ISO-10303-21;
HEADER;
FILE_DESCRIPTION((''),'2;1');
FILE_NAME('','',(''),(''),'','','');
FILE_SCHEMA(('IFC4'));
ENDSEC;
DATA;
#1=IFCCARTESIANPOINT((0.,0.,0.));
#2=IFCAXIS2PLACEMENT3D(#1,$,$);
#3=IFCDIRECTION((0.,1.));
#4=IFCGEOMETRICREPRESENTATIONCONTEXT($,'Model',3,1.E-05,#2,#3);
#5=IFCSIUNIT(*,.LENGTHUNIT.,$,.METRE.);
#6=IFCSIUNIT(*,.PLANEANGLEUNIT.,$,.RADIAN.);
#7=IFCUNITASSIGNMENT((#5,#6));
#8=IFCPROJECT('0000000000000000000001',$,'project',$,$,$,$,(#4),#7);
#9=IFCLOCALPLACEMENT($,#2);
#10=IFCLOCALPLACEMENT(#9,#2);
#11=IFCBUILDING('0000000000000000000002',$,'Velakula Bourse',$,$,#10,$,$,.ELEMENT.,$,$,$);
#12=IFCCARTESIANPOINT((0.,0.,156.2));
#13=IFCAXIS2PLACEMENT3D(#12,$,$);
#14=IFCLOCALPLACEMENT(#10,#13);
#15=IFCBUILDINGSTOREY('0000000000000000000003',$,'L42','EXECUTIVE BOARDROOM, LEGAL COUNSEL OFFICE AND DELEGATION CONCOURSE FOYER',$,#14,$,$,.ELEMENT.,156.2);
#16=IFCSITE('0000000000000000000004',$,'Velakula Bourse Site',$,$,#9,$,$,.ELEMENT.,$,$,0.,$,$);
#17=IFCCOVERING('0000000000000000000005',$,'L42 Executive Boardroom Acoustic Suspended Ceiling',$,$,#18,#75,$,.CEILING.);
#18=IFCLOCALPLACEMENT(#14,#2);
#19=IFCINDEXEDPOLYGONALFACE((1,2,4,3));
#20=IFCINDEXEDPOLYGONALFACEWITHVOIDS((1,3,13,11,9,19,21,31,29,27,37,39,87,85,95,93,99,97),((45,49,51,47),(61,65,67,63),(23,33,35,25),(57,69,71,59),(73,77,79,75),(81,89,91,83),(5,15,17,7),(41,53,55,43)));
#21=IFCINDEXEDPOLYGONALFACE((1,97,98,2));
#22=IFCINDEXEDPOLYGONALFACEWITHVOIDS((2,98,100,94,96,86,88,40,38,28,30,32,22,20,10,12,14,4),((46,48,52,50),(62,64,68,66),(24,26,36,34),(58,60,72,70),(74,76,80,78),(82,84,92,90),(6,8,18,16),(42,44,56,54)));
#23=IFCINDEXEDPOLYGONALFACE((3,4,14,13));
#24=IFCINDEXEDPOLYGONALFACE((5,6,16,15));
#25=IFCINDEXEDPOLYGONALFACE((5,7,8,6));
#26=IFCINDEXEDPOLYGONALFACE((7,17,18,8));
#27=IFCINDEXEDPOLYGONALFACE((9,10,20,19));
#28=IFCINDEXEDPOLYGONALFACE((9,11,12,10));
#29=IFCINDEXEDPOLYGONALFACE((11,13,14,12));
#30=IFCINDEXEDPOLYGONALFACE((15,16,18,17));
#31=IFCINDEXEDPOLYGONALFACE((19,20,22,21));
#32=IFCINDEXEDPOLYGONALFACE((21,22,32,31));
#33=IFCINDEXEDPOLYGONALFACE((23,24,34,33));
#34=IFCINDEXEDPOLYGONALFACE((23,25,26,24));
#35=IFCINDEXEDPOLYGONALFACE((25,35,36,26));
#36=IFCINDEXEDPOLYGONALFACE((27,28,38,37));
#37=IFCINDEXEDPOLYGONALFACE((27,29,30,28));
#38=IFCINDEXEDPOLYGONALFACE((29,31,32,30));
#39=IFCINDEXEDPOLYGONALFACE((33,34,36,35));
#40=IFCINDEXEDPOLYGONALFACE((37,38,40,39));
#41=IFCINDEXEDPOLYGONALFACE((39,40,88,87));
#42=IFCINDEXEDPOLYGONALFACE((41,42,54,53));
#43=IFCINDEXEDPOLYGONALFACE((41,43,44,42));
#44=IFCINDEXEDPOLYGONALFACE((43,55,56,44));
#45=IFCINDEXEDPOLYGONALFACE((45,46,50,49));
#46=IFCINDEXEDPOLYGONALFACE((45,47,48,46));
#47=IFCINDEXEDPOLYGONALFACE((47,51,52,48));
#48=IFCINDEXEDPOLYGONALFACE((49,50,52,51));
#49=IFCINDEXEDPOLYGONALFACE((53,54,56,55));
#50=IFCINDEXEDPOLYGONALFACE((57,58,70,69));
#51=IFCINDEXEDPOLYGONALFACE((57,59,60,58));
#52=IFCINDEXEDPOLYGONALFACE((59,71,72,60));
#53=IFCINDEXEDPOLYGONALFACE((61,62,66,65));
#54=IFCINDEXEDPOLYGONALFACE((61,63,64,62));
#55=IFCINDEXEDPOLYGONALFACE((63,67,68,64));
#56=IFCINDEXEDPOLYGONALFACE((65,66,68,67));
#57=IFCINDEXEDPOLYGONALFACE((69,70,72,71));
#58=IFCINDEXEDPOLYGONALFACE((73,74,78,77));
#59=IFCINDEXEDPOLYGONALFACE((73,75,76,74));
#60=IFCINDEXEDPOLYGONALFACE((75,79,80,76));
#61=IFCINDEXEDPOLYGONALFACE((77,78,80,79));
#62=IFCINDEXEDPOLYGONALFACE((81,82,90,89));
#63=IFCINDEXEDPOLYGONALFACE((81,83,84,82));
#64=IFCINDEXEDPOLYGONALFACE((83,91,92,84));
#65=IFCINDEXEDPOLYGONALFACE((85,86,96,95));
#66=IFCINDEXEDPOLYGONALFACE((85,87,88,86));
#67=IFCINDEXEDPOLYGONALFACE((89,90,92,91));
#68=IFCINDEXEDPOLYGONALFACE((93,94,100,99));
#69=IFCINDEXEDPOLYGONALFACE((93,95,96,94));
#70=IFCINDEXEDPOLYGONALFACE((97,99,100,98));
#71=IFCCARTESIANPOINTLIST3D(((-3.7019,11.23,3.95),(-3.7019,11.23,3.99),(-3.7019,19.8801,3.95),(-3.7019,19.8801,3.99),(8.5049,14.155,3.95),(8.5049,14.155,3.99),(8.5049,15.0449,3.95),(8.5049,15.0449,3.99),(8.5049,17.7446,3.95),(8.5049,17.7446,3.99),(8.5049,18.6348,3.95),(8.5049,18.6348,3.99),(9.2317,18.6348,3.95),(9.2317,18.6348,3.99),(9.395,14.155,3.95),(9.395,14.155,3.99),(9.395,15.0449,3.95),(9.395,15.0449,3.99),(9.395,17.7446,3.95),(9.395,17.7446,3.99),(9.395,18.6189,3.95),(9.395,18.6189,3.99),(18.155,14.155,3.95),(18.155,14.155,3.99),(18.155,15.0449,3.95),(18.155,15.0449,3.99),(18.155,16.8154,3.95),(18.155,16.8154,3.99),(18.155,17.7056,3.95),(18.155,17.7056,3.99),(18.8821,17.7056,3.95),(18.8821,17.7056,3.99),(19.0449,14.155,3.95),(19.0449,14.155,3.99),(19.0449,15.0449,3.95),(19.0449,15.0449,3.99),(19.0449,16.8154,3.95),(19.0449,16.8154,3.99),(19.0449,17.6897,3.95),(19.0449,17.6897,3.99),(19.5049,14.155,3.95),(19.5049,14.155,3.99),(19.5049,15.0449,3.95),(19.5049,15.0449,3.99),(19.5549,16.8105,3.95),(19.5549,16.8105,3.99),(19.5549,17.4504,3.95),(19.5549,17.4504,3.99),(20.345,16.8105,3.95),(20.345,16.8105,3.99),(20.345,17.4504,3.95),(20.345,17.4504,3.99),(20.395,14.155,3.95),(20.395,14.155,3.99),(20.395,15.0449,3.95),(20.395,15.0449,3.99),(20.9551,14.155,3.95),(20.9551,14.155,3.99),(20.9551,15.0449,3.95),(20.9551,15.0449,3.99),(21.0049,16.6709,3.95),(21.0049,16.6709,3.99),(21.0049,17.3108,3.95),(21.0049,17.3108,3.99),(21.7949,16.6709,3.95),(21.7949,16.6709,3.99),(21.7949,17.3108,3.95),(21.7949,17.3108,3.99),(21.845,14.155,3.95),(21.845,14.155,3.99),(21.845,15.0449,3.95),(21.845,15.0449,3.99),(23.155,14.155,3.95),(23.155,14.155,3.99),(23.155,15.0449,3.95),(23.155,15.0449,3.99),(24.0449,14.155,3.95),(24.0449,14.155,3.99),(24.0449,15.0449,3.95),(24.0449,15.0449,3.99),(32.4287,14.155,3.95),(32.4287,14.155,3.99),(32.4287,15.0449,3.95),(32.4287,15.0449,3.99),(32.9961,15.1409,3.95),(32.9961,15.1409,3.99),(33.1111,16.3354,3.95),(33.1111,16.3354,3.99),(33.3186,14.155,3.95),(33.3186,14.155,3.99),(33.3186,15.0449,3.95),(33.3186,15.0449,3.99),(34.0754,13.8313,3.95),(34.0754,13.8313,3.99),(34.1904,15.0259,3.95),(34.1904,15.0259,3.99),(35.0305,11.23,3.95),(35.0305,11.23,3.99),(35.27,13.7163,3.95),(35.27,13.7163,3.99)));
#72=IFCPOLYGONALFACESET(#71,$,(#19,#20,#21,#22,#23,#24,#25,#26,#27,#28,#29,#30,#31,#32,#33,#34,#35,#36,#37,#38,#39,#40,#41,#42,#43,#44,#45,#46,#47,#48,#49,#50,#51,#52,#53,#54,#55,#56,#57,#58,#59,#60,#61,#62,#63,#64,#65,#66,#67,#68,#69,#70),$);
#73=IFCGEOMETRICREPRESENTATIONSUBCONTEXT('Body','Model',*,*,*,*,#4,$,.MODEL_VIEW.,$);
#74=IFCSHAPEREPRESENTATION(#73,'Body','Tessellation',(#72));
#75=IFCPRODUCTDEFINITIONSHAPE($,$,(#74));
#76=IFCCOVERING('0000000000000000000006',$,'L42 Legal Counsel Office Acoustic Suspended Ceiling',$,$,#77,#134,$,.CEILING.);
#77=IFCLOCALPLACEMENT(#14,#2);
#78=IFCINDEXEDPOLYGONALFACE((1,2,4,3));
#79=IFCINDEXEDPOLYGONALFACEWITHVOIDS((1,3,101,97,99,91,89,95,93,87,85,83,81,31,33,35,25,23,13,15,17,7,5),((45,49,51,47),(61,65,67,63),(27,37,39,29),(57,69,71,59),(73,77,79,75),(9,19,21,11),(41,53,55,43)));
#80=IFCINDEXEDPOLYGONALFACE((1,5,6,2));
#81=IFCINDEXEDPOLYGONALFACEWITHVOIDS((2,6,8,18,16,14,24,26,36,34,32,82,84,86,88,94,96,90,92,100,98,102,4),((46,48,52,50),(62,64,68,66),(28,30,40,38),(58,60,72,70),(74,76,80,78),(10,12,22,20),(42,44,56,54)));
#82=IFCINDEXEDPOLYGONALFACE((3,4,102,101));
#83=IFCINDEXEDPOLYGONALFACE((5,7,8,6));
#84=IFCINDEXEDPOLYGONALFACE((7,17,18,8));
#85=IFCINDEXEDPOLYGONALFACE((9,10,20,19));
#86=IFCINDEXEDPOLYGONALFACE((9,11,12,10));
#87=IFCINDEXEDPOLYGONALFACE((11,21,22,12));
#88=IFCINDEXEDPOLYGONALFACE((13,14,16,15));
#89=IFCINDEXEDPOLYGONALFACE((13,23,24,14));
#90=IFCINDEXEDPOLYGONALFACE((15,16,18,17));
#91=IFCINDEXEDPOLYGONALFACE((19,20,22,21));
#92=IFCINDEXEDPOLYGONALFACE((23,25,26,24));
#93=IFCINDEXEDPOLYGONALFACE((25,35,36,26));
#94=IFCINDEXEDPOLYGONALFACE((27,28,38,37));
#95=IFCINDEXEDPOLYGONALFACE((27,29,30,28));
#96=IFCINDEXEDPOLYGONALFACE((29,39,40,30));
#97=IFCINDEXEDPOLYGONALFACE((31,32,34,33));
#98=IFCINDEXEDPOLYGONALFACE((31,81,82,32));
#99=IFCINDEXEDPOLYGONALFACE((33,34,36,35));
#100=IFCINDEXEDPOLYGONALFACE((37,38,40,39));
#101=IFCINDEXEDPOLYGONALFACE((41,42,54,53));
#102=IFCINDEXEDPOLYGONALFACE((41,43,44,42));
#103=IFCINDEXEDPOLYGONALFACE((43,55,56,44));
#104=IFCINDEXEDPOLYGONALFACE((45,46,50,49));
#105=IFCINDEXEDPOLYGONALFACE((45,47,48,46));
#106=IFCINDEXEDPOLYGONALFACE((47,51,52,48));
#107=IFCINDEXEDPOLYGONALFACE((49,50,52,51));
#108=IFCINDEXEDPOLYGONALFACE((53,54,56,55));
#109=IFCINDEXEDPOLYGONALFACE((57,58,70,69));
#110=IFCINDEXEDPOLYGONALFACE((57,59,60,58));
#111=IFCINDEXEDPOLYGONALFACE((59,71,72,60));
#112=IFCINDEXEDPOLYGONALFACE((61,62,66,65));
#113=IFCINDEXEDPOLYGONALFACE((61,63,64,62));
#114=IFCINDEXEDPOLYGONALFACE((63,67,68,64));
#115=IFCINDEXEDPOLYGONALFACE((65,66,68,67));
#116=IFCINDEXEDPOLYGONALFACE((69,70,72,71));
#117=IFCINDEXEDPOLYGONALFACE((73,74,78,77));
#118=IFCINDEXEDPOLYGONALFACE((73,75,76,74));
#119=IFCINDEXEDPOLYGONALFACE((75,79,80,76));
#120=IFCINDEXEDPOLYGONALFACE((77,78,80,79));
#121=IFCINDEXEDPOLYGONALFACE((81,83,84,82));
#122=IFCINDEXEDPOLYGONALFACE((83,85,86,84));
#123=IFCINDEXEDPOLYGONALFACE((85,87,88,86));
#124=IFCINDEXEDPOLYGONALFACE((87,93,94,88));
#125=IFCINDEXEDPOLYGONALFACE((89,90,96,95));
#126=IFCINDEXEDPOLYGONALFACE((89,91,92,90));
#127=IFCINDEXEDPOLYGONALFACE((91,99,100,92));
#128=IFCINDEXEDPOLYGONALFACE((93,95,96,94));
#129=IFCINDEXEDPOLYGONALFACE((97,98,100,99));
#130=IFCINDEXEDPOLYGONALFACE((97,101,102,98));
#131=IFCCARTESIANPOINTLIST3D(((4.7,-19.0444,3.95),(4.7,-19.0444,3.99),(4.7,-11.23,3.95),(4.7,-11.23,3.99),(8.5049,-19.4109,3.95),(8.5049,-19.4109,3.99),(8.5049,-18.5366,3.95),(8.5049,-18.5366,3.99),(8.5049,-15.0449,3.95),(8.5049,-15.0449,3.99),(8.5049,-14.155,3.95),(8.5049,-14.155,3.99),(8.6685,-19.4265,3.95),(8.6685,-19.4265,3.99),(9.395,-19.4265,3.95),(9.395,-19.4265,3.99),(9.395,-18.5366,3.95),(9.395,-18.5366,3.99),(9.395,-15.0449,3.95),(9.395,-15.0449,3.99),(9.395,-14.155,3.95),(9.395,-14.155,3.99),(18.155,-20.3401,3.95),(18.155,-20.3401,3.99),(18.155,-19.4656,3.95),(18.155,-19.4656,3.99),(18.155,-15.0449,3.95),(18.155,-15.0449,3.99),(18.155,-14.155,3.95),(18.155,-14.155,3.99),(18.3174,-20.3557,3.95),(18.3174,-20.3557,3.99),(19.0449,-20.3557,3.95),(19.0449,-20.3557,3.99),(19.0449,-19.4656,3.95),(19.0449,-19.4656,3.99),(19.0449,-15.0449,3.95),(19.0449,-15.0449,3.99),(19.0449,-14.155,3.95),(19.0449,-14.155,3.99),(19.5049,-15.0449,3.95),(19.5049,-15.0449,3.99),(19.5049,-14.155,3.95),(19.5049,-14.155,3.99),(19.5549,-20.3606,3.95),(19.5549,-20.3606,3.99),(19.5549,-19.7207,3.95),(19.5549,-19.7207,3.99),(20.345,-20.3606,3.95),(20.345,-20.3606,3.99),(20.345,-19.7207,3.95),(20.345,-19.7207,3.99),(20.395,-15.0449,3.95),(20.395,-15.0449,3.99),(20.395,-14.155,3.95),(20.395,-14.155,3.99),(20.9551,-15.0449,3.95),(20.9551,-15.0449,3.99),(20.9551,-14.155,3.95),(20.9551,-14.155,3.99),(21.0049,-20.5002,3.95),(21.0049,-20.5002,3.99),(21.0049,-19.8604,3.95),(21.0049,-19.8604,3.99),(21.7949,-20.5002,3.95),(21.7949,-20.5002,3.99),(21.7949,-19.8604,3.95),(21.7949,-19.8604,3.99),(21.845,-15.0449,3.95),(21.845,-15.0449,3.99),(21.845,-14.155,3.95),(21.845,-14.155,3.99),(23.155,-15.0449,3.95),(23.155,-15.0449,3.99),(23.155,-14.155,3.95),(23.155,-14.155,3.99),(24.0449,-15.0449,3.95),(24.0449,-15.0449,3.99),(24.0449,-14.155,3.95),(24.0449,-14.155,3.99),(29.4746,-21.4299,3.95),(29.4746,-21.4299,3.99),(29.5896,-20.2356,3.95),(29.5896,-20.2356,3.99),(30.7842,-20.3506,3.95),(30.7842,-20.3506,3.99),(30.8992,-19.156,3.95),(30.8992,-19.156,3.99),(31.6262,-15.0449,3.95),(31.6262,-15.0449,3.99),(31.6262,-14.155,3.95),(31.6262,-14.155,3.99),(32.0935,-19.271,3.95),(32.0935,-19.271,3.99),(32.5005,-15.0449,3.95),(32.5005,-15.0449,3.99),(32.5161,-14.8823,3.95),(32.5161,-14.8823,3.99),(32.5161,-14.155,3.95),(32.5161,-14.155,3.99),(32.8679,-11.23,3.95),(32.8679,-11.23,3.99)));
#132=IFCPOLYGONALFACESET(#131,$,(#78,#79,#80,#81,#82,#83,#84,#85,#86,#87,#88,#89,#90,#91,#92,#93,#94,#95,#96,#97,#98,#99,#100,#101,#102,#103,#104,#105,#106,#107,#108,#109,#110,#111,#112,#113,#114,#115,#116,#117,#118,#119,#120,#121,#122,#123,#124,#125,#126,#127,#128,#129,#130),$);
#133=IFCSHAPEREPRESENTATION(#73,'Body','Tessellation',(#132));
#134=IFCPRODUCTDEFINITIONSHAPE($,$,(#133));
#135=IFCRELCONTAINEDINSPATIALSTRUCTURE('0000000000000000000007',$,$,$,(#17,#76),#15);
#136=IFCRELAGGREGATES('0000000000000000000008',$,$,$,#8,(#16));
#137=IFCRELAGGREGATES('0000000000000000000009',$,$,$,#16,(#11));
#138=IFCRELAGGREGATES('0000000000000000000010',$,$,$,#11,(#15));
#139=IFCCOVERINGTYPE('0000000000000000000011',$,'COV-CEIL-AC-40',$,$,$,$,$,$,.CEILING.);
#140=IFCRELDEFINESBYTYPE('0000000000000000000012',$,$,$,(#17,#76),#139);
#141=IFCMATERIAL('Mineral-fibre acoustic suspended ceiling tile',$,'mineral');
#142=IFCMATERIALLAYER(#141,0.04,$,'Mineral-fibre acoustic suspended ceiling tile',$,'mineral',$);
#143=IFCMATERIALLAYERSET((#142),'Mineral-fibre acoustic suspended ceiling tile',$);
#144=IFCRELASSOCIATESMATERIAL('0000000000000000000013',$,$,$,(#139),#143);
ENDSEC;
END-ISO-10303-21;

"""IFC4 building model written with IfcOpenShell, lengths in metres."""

from ifc_helpers import new_model, si_unit, direction, frame, origin, place, context, subcontext, project, spatial, polyline, outline, extrude, material, layer, layer_set, type_object, element, save


model = new_model("IFC4")

# Units and contexts
model_context = context("Model", 3, precision=1e-05, world=origin(), true_north=direction((0.0, 1.0)))
body_context = subcontext(model_context, "Body", "Model", "MODEL_VIEW")
ifc_project = project(units=[si_unit("LENGTHUNIT", "METRE"), si_unit("PLANEANGLEUNIT", "RADIAN")], contexts=[model_context])

# Site, building, storey
site_placement = place(None, origin())
site = spatial("IfcSite", under=ifc_project, at=site_placement, Name="Velakula Bourse Site", CompositionType="ELEMENT", RefElevation=0.0)
building_placement = place(site_placement, origin())
building = spatial("IfcBuilding", under=site, at=building_placement, Name="Velakula Bourse", CompositionType="ELEMENT")
storey_placement = place(building_placement, frame((0.0, 0.0, 156.2)))
storey = spatial("IfcBuildingStorey", under=building, at=storey_placement, Name="L42", Description="EXECUTIVE BOARDROOM, LEGAL COUNSEL OFFICE AND DELEGATION CONCOURSE FOYER", CompositionType="ELEMENT", Elevation=156.2)

# Coverings
ifc_material_1 = material(Name="Mineral-fibre acoustic suspended ceiling tile", Category="mineral")
ifc_layer_1 = layer(ifc_material_1, 0.04, Name="Mineral-fibre acoustic suspended ceiling tile", Category="mineral")
ifc_layer_set_1 = layer_set([ifc_layer_1], Name="Mineral-fibre acoustic suspended ceiling tile")
covering_type_1 = type_object("IfcCoveringType", Name="COV-CEIL-AC-40", PredefinedType="CEILING", material=ifc_layer_set_1)
covering_1_placement = place(storey_placement, frame((0.0, 0.0, 3.95)))
element("IfcCovering", 1, at=covering_1_placement, inside=storey, type_object=covering_type_1, Name="L42 Executive Boardroom Acoustic Suspended Ceiling", PredefinedType="CEILING", context=body_context, shape_type="SweptSolid", body=[
    extrude(outline(polyline([(32.9961, 15.1409), (34.1904, 15.0259), (34.0754, 13.8313), (35.27, 13.7163), (35.0305, 11.23), (-3.7019, 11.23), (-3.7019, 19.8801), (9.2317, 18.6348), (8.5049, 18.6348), (8.5049, 17.7446), (9.395, 17.7446), (9.395, 18.6189), (18.8821, 17.7056), (18.155, 17.7056), (18.155, 16.8154), (19.0449, 16.8154), (19.0449, 17.6897), (33.1111, 16.3354), (32.9961, 15.1409)]), holes=[polyline([(8.5049, 15.0449), (8.5049, 14.155), (9.395, 14.155), (9.395, 15.0449), (8.5049, 15.0449)]), polyline([(18.155, 14.155), (19.0449, 14.155), (19.0449, 15.0449), (18.155, 15.0449), (18.155, 14.155)]), polyline([(20.9551, 14.155), (21.845, 14.155), (21.845, 15.0449), (20.9551, 15.0449), (20.9551, 14.155)]), polyline([(23.155, 14.155), (24.0449, 14.155), (24.0449, 15.0449), (23.155, 15.0449), (23.155, 14.155)]), polyline([(19.5049, 14.155), (20.395, 14.155), (20.395, 15.0449), (19.5049, 15.0449), (19.5049, 14.155)]), polyline([(32.4287, 14.155), (33.3186, 14.155), (33.3186, 15.0449), (32.4287, 15.0449), (32.4287, 14.155)]), polyline([(21.0049, 17.3108), (21.0049, 16.6709), (21.7949, 16.6709), (21.7949, 17.3108), (21.0049, 17.3108)]), polyline([(19.5549, 17.4504), (19.5549, 16.8105), (20.345, 16.8105), (20.345, 17.4504), (19.5549, 17.4504)])]), origin(), (0.0, 0.0, 1.0), 0.04),
])
covering_2_placement = place(storey_placement, frame((0.0, 0.0, 3.95)))
element("IfcCovering", 2, at=covering_2_placement, inside=storey, type_object=covering_type_1, Name="L42 Legal Counsel Office Acoustic Suspended Ceiling", PredefinedType="CEILING", context=body_context, shape_type="SweptSolid", body=[
    extrude(outline(polyline([(32.8679, -11.23), (32.5161, -14.8823), (32.5161, -14.155), (31.6262, -14.155), (31.6262, -15.0449), (32.5005, -15.0449), (32.0935, -19.271), (30.8992, -19.156), (30.7842, -20.3506), (29.5896, -20.2356), (29.4746, -21.4299), (18.3174, -20.3557), (19.0449, -20.3557), (19.0449, -19.4656), (18.155, -19.4656), (18.155, -20.3401), (8.6685, -19.4265), (9.395, -19.4265), (9.395, -18.5366), (8.5049, -18.5366), (8.5049, -19.4109), (4.7, -19.0444), (4.7, -11.23), (32.8679, -11.23)]), holes=[polyline([(18.155, -15.0449), (19.0449, -15.0449), (19.0449, -14.155), (18.155, -14.155), (18.155, -15.0449)]), polyline([(8.5049, -15.0449), (9.395, -15.0449), (9.395, -14.155), (8.5049, -14.155), (8.5049, -15.0449)]), polyline([(21.0049, -20.5002), (21.7949, -20.5002), (21.7949, -19.8604), (21.0049, -19.8604), (21.0049, -20.5002)]), polyline([(19.5549, -20.3606), (20.345, -20.3606), (20.345, -19.7207), (19.5549, -19.7207), (19.5549, -20.3606)]), polyline([(19.5049, -14.155), (19.5049, -15.0449), (20.395, -15.0449), (20.395, -14.155), (19.5049, -14.155)]), polyline([(23.155, -15.0449), (24.0449, -15.0449), (24.0449, -14.155), (23.155, -14.155), (23.155, -15.0449)]), polyline([(20.9551, -15.0449), (21.845, -15.0449), (21.845, -14.155), (20.9551, -14.155), (20.9551, -15.0449)])]), origin(), (0.0, 0.0, 1.0), 0.04),
])

save(model, "model.ifc")
